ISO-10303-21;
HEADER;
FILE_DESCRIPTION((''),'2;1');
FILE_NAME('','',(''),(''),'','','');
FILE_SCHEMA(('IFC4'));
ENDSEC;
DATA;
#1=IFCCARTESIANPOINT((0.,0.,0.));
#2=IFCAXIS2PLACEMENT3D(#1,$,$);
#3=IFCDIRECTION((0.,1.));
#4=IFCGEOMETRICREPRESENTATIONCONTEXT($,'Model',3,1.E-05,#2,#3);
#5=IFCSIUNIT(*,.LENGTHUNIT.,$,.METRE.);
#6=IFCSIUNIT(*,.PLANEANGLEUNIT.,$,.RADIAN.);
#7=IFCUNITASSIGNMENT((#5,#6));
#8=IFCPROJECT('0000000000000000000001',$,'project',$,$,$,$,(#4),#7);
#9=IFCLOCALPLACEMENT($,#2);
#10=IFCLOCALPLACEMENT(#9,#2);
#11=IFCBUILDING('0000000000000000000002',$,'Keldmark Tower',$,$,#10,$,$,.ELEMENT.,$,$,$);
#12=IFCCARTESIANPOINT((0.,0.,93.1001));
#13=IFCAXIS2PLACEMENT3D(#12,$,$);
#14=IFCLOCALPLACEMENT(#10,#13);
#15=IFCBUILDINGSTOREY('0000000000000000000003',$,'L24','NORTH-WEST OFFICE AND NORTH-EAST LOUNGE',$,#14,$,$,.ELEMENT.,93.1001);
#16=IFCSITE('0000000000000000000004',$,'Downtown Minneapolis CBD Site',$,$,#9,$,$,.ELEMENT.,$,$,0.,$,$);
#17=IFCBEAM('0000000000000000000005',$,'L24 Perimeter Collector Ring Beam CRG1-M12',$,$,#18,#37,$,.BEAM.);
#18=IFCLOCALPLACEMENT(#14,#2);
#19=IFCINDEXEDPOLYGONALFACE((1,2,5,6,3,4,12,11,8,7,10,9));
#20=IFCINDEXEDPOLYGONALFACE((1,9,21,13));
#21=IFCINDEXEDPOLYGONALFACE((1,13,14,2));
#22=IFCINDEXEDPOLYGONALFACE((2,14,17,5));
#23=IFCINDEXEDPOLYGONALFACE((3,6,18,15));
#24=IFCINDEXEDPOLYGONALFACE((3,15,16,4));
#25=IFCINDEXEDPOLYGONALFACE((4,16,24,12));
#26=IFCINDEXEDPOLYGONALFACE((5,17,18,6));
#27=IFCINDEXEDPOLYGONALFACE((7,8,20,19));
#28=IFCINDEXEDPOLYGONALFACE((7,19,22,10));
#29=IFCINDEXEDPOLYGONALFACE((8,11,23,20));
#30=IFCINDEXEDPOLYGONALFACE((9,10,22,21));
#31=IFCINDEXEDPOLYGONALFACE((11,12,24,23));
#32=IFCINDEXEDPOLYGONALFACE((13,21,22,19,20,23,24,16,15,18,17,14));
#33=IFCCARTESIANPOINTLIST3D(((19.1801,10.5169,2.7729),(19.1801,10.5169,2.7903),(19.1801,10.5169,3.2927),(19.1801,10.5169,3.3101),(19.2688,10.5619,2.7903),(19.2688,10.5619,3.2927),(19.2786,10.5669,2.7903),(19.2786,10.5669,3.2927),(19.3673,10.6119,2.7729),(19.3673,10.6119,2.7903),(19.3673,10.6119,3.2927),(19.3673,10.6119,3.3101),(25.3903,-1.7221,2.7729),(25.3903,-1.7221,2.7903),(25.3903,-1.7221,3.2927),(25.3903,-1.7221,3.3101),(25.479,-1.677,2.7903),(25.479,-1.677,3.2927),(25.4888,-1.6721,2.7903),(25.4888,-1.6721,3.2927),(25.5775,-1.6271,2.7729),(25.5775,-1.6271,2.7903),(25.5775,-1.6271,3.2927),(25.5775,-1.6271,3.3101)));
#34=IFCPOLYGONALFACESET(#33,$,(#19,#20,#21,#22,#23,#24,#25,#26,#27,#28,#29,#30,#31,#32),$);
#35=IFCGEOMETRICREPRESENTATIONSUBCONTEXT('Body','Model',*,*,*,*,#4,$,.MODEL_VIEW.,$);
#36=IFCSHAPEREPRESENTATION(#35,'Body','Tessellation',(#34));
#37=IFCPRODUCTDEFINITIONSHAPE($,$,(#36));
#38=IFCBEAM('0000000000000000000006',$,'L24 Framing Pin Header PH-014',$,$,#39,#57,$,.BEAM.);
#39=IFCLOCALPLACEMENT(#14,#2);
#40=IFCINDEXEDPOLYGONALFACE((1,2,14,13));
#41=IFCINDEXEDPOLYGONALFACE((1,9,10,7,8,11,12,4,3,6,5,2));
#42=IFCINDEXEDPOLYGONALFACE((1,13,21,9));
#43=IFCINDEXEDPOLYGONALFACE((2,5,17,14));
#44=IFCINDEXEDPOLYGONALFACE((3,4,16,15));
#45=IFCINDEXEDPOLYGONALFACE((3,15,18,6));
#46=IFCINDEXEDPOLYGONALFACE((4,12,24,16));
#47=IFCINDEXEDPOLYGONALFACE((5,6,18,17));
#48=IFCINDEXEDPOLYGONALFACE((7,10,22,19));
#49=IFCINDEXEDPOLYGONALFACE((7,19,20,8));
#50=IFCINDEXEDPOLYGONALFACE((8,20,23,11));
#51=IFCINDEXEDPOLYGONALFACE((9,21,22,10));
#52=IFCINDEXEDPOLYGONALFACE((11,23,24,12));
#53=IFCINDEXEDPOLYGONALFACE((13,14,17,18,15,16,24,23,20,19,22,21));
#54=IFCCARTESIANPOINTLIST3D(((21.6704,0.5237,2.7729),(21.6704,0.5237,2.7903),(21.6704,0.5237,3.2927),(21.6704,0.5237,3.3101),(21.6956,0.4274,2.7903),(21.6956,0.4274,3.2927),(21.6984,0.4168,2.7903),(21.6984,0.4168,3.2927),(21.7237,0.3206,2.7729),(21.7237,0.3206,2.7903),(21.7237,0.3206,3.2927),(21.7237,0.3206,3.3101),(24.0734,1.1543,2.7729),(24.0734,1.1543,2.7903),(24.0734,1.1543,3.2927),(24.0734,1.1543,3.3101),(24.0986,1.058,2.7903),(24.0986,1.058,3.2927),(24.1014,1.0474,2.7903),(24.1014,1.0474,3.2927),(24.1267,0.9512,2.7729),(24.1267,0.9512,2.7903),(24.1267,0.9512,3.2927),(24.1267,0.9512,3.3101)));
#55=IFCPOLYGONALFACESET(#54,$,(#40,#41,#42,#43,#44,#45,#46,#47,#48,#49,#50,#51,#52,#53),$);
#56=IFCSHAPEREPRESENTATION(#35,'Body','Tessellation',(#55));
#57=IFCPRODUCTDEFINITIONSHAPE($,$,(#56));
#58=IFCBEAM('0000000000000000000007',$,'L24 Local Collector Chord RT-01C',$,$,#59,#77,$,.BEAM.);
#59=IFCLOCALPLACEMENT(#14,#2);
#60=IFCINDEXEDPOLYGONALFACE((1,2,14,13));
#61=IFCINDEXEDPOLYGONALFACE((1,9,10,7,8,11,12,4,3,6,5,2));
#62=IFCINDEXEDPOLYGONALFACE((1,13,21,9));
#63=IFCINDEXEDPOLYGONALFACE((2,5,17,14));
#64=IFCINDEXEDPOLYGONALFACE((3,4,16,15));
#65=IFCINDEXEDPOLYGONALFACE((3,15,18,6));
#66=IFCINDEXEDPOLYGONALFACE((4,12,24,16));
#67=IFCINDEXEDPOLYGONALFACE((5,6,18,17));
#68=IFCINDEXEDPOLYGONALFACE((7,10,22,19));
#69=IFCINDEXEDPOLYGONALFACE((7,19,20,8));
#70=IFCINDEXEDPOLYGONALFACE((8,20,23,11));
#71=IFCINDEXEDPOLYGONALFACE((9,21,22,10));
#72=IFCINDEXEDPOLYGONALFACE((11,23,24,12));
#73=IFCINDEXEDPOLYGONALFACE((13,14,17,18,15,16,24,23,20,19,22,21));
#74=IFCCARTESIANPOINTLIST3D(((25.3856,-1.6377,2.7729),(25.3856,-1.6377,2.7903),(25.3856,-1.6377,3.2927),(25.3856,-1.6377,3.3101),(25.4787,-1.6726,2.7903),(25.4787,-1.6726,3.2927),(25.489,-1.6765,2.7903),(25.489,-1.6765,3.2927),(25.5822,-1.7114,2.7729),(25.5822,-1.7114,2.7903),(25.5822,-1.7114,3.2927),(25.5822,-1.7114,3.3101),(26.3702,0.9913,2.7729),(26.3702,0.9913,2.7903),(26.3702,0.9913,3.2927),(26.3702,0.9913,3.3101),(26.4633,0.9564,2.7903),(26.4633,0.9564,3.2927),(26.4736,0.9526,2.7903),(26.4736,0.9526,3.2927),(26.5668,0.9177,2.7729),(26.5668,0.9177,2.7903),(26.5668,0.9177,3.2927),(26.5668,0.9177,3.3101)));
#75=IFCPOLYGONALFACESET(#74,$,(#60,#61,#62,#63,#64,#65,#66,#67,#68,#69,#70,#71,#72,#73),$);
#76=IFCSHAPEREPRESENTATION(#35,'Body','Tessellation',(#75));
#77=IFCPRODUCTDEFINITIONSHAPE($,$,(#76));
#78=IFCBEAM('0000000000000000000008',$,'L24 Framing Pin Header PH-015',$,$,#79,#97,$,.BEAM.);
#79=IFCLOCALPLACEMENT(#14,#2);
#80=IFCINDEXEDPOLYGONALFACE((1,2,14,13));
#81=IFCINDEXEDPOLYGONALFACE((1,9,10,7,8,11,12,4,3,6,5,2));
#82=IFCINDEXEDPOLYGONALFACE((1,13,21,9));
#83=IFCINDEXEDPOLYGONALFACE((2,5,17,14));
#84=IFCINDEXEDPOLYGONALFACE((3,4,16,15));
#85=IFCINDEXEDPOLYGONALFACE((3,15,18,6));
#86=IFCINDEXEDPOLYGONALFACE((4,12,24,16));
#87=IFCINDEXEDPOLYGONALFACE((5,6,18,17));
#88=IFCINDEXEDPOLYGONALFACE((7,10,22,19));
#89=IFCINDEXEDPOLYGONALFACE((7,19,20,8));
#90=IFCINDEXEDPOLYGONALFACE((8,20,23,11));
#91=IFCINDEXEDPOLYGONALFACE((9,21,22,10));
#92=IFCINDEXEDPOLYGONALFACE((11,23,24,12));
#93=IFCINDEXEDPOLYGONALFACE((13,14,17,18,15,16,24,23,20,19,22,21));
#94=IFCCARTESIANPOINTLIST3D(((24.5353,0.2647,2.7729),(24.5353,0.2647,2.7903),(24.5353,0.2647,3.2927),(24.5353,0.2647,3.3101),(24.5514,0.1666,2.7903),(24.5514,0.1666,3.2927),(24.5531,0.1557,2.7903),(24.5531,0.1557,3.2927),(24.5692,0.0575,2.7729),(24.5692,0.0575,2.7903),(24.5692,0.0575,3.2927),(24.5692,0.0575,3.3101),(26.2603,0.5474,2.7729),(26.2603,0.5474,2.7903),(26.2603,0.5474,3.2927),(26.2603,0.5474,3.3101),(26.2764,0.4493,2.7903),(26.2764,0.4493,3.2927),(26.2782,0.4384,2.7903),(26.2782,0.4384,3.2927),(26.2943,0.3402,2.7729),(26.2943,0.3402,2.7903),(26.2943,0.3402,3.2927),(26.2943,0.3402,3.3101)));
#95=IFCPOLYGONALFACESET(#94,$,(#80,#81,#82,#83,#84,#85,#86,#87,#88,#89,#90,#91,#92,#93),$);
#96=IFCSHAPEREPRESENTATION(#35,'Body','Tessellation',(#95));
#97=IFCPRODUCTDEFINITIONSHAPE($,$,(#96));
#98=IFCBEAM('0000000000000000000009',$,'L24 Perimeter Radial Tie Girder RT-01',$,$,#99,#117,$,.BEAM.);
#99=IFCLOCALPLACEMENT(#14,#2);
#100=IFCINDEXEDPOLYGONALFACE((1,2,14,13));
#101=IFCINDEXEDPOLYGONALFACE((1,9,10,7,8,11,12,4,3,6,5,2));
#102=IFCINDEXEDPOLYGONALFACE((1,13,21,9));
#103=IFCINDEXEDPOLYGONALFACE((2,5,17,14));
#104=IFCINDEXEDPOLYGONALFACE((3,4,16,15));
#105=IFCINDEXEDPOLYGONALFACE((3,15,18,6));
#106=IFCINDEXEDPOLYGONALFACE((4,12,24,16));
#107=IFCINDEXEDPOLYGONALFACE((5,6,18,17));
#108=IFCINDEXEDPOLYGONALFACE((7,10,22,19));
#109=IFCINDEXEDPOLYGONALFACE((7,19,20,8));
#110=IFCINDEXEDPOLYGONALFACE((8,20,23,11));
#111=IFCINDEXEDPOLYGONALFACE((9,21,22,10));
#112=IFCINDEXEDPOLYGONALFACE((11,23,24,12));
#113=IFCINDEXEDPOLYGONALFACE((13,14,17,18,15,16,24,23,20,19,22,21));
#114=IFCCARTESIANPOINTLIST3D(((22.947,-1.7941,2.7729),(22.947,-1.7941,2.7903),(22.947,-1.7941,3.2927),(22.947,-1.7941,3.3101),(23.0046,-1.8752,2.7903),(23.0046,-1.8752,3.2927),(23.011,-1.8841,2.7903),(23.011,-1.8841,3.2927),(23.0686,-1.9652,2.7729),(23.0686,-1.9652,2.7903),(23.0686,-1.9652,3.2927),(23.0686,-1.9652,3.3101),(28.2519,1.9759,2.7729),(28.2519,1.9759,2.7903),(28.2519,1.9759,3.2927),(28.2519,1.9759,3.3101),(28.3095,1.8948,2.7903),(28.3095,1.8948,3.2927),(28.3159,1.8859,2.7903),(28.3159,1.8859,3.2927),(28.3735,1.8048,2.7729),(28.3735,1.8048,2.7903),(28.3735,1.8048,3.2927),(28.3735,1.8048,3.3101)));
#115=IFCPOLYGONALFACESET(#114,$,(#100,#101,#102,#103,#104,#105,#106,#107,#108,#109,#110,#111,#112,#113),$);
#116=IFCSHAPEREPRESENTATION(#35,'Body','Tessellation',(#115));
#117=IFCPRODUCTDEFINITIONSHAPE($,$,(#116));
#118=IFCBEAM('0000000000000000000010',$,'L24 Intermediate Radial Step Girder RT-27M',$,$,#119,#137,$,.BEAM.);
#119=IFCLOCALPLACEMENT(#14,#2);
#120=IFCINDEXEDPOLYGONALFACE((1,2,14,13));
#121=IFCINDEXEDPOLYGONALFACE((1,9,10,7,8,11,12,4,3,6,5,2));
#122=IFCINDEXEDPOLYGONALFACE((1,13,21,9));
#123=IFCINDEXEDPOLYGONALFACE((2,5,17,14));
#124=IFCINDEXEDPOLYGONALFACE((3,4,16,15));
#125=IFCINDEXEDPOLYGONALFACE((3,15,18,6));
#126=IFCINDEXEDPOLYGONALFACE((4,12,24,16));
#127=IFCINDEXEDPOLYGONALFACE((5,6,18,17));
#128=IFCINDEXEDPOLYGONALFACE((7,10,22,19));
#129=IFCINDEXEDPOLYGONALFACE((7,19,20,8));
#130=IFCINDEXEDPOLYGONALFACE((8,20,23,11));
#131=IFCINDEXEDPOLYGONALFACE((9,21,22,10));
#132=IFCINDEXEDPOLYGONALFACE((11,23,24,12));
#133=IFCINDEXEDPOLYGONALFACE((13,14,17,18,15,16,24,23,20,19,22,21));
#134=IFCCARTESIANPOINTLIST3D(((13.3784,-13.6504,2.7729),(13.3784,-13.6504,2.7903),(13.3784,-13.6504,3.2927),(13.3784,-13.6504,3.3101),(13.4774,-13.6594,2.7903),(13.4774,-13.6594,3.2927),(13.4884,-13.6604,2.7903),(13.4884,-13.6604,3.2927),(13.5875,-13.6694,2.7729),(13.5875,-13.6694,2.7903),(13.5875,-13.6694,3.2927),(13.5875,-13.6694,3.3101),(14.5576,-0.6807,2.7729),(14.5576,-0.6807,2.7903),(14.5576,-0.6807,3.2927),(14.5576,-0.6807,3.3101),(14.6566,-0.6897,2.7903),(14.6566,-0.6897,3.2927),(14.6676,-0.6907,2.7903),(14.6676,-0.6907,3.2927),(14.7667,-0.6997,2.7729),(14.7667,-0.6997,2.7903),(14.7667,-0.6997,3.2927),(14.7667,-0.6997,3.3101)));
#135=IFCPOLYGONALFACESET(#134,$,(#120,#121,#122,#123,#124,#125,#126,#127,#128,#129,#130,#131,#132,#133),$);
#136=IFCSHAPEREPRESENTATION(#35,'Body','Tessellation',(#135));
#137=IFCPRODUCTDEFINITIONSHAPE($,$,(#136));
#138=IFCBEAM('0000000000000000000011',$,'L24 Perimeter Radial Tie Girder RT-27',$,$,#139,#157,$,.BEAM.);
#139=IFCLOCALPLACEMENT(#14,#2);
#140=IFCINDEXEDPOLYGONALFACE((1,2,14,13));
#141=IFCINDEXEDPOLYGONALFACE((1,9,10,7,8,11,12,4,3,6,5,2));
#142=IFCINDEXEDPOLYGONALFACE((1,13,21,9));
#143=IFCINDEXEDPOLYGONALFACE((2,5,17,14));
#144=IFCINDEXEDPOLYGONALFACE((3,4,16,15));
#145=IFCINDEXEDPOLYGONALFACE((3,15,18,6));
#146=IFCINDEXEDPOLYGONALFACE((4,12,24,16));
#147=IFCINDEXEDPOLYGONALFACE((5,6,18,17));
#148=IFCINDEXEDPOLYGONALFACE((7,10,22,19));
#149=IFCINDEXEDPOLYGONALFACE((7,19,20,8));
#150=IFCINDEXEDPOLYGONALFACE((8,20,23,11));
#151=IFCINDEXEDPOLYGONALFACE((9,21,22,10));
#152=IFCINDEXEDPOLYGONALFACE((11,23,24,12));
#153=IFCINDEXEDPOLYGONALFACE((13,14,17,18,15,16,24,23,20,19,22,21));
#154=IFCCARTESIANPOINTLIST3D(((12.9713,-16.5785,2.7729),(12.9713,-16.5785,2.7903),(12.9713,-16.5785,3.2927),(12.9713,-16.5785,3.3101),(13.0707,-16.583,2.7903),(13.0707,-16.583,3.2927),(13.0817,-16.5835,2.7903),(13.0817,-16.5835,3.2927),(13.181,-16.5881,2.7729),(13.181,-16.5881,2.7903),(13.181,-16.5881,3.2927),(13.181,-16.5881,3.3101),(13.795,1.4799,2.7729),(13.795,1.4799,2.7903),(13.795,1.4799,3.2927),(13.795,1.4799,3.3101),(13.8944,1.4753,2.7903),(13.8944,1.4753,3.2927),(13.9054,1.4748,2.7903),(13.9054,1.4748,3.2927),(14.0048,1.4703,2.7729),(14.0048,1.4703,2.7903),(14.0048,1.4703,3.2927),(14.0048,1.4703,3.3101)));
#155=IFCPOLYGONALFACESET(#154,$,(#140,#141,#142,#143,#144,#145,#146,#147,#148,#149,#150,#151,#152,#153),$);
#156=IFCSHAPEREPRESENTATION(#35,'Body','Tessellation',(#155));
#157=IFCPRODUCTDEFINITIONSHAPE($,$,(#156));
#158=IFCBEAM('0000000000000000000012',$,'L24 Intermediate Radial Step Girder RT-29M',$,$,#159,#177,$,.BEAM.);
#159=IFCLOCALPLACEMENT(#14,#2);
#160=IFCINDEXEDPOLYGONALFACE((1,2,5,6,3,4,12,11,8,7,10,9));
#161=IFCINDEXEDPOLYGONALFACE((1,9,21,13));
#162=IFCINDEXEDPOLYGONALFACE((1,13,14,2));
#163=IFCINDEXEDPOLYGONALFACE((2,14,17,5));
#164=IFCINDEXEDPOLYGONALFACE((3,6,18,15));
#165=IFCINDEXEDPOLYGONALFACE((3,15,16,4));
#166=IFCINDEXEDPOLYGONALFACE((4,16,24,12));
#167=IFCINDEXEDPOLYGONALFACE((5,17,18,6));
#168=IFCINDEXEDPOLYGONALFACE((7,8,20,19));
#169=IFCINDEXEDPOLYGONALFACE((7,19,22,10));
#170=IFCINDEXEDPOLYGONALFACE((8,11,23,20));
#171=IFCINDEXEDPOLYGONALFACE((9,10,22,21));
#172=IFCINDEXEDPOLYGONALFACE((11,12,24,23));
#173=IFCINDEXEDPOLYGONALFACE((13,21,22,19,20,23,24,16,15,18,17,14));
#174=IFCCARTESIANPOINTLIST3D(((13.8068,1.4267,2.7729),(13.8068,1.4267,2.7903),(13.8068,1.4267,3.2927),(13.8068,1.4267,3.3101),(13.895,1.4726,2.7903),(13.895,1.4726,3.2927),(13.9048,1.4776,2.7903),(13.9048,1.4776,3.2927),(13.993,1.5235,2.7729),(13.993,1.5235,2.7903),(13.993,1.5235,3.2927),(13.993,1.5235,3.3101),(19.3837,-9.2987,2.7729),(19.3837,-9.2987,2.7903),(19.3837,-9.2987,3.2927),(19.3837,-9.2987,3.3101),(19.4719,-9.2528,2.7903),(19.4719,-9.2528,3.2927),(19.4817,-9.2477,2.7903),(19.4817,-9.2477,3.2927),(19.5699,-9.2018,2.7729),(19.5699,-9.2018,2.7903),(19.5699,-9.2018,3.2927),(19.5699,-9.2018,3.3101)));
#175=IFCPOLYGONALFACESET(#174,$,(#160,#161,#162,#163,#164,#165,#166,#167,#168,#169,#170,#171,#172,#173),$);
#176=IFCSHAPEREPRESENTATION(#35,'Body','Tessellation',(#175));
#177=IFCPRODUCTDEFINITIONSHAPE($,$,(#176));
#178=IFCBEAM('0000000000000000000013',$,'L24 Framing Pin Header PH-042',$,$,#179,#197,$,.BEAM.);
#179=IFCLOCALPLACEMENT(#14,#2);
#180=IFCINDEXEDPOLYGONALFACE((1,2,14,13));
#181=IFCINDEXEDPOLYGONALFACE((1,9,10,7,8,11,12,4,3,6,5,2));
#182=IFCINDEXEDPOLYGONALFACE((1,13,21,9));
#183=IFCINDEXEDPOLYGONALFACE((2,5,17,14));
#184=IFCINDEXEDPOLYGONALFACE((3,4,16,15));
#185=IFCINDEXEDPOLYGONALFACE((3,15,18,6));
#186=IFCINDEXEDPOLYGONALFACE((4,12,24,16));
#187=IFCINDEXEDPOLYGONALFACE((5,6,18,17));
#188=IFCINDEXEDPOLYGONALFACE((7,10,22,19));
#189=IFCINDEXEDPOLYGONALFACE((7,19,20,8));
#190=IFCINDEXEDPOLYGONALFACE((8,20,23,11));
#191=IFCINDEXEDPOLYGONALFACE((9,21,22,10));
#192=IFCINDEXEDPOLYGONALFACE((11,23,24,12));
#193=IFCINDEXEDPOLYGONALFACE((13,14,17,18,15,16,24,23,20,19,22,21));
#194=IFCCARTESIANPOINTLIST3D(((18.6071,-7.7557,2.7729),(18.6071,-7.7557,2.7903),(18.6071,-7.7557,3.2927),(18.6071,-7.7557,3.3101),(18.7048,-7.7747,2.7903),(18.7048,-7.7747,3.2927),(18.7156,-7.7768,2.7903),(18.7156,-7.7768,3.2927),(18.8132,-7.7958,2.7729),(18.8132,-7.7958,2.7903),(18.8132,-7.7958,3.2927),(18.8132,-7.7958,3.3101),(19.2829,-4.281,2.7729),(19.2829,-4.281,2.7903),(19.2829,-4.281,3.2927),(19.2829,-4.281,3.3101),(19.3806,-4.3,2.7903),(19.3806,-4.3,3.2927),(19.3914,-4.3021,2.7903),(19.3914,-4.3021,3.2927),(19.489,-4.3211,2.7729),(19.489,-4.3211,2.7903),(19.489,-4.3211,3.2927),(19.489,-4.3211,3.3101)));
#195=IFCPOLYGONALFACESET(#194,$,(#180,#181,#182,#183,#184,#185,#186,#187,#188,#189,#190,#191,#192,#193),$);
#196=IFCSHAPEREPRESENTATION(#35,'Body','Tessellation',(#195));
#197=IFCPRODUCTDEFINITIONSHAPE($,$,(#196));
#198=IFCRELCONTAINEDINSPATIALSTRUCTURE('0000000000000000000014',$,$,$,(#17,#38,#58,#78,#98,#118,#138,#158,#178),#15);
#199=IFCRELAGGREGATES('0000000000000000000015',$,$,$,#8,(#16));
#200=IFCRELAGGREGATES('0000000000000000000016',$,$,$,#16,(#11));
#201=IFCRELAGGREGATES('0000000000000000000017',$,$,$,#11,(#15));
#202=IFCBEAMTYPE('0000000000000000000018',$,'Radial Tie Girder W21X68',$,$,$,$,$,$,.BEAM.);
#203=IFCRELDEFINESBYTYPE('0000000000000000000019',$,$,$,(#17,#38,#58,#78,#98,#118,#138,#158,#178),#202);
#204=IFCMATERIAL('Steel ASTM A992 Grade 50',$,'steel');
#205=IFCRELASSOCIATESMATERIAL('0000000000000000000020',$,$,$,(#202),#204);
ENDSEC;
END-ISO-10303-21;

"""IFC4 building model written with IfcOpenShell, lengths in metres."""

from ifc_helpers import new_model, si_unit, direction, frame, origin, origin_2d, place, context, subcontext, project, spatial, i_section, extrude, material, material_profile, profile_set, type_object, element, save


model = new_model("IFC4")

# Units and contexts
model_context = context("Model", 3, precision=1e-05, world=origin(), true_north=direction((0.0, 1.0)))
body_context = subcontext(model_context, "Body", "Model", "MODEL_VIEW")
ifc_project = project(units=[si_unit("LENGTHUNIT", "METRE"), si_unit("PLANEANGLEUNIT", "RADIAN")], contexts=[model_context])

# Site, building, storey
site_placement = place(None, origin())
site = spatial("IfcSite", under=ifc_project, at=site_placement, Name="Downtown Minneapolis CBD Site", CompositionType="ELEMENT", RefElevation=0.0)
building_placement = place(site_placement, origin())
building = spatial("IfcBuilding", under=site, at=building_placement, Name="Keldmark Tower", CompositionType="ELEMENT")
storey_placement = place(building_placement, frame((0.0, 0.0, 93.1001)))
storey = spatial("IfcBuildingStorey", under=building, at=storey_placement, Name="L24", Description="NORTH-WEST OFFICE AND NORTH-EAST LOUNGE", CompositionType="ELEMENT", Elevation=93.1001)

# Beams
ifc_material_1 = material(Name="Steel ASTM A992 Grade 50", Category="steel")
ifc_material_profile_1 = material_profile(ifc_material_1, i_section(OverallWidth=0.21, OverallDepth=0.5371, WebThickness=0.011, FlangeThickness=0.0173, at=origin_2d()), Name="W21X68")
ifc_profile_set_1 = profile_set([ifc_material_profile_1], Name="Steel ASTM A992 Grade 50")
beam_type_1 = type_object("IfcBeamType", Name="Radial Tie Girder W21X68", PredefinedType="BEAM", material=ifc_profile_set_1)
beam_1_placement = place(storey_placement, frame((25.4839, -1.6746, 3.0415), z_axis=(-0.452493, 0.891768, 0.0), x_axis=(-0.891768, -0.452493, 0.0)))
element("IfcBeam", 1, at=beam_1_placement, inside=storey, type_object=beam_type_1, Name="L24 Perimeter Collector Ring Beam CRG1-M12", PredefinedType="BEAM", context=body_context, shape_type="SweptSolid", body=[
    extrude(i_section(OverallWidth=0.21, OverallDepth=0.5371, WebThickness=0.011, FlangeThickness=0.0173, at=origin_2d()), origin(), (0.0, 0.0, 1.0), 13.7244),
])
beam_2_placement = place(storey_placement, frame((21.697, 0.4221, 3.0415), z_axis=(0.96725, 0.253826, 0.0), x_axis=(-0.253826, 0.96725, 0.0)))
element("IfcBeam", 2, at=beam_2_placement, inside=storey, type_object=beam_type_1, Name="L24 Framing Pin Header PH-014", PredefinedType="BEAM", context=body_context, shape_type="SweptSolid", body=[
    extrude(i_section(OverallWidth=0.21, OverallDepth=0.5371, WebThickness=0.011, FlangeThickness=0.0173, at=origin_2d()), origin(), (0.0, 0.0, 1.0), 2.4844),
])
beam_3_placement = place(storey_placement, frame((25.4839, -1.6746, 3.0415), z_axis=(0.350714, 0.936483, 0.0), x_axis=(-0.936483, 0.350714, 0.0)))
element("IfcBeam", 3, at=beam_3_placement, inside=storey, type_object=beam_type_1, Name="L24 Local Collector Chord RT-01C", PredefinedType="BEAM", context=body_context, shape_type="SweptSolid", body=[
    extrude(i_section(OverallWidth=0.21, OverallDepth=0.5371, WebThickness=0.011, FlangeThickness=0.0173, at=origin_2d()), origin(), (0.0, 0.0, 1.0), 2.8074),
])
beam_4_placement = place(storey_placement, frame((24.5522, 0.1611, 3.0415), z_axis=(0.986836, 0.161726, 0.0), x_axis=(-0.161726, 0.986836, 0.0)))
element("IfcBeam", 4, at=beam_4_placement, inside=storey, type_object=beam_type_1, Name="L24 Framing Pin Header PH-015", PredefinedType="BEAM", context=body_context, shape_type="SweptSolid", body=[
    extrude(i_section(OverallWidth=0.21, OverallDepth=0.5371, WebThickness=0.011, FlangeThickness=0.0173, at=origin_2d()), origin(), (0.0, 0.0, 1.0), 1.748),
])
beam_5_placement = place(storey_placement, frame((23.0078, -1.8796, 3.0415), z_axis=(0.815128, 0.579281, 0.0), x_axis=(-0.579281, 0.815128, 0.0)))
element("IfcBeam", 5, at=beam_5_placement, inside=storey, type_object=beam_type_1, Name="L24 Perimeter Radial Tie Girder RT-01", PredefinedType="BEAM", context=body_context, shape_type="SweptSolid", body=[
    extrude(i_section(OverallWidth=0.21, OverallDepth=0.5371, WebThickness=0.011, FlangeThickness=0.0173, at=origin_2d()), origin(), (0.0, 0.0, 1.0), 6.5081),
])
beam_6_placement = place(storey_placement, frame((14.6621, -0.6902, 3.0415), z_axis=(-0.090546, -0.995892, 0.0), x_axis=(0.995892, -0.090546, 0.0)))
element("IfcBeam", 6, at=beam_6_placement, inside=storey, type_object=beam_type_1, Name="L24 Intermediate Radial Step Girder RT-27M", PredefinedType="BEAM", context=body_context, shape_type="SweptSolid", body=[
    extrude(i_section(OverallWidth=0.21, OverallDepth=0.5371, WebThickness=0.011, FlangeThickness=0.0173, at=origin_2d()), origin(), (0.0, 0.0, 1.0), 13.0232),
])
beam_7_placement = place(storey_placement, frame((13.8999, 1.4751, 3.0415), z_axis=(-0.045568, -0.998961, 0.0), x_axis=(0.998961, -0.045568, 0.0)))
element("IfcBeam", 7, at=beam_7_placement, inside=storey, type_object=beam_type_1, Name="L24 Perimeter Radial Tie Girder RT-27", PredefinedType="BEAM", context=body_context, shape_type="SweptSolid", body=[
    extrude(i_section(OverallWidth=0.21, OverallDepth=0.5371, WebThickness=0.011, FlangeThickness=0.0173, at=origin_2d()), origin(), (0.0, 0.0, 1.0), 18.0771),
])
beam_8_placement = place(storey_placement, frame((13.8999, 1.4751, 3.0415), z_axis=(0.461335, -0.887226, 0.0), x_axis=(0.887226, 0.461335, 0.0)))
element("IfcBeam", 8, at=beam_8_placement, inside=storey, type_object=beam_type_1, Name="L24 Intermediate Radial Step Girder RT-29M", PredefinedType="BEAM", context=body_context, shape_type="SweptSolid", body=[
    extrude(i_section(OverallWidth=0.21, OverallDepth=0.5371, WebThickness=0.011, FlangeThickness=0.0173, at=origin_2d()), origin(), (0.0, 0.0, 1.0), 12.0886),
])
beam_9_placement = place(storey_placement, frame((19.386, -4.301, 3.0415), z_axis=(-0.190914, -0.981607, 0.0), x_axis=(0.981607, -0.190914, 0.0)))
element("IfcBeam", 9, at=beam_9_placement, inside=storey, type_object=beam_type_1, Name="L24 Framing Pin Header PH-042", PredefinedType="BEAM", context=body_context, shape_type="SweptSolid", body=[
    extrude(i_section(OverallWidth=0.21, OverallDepth=0.5371, WebThickness=0.011, FlangeThickness=0.0173, at=origin_2d()), origin(), (0.0, 0.0, 1.0), 3.5398),
])

save(model, "model.ifc")
